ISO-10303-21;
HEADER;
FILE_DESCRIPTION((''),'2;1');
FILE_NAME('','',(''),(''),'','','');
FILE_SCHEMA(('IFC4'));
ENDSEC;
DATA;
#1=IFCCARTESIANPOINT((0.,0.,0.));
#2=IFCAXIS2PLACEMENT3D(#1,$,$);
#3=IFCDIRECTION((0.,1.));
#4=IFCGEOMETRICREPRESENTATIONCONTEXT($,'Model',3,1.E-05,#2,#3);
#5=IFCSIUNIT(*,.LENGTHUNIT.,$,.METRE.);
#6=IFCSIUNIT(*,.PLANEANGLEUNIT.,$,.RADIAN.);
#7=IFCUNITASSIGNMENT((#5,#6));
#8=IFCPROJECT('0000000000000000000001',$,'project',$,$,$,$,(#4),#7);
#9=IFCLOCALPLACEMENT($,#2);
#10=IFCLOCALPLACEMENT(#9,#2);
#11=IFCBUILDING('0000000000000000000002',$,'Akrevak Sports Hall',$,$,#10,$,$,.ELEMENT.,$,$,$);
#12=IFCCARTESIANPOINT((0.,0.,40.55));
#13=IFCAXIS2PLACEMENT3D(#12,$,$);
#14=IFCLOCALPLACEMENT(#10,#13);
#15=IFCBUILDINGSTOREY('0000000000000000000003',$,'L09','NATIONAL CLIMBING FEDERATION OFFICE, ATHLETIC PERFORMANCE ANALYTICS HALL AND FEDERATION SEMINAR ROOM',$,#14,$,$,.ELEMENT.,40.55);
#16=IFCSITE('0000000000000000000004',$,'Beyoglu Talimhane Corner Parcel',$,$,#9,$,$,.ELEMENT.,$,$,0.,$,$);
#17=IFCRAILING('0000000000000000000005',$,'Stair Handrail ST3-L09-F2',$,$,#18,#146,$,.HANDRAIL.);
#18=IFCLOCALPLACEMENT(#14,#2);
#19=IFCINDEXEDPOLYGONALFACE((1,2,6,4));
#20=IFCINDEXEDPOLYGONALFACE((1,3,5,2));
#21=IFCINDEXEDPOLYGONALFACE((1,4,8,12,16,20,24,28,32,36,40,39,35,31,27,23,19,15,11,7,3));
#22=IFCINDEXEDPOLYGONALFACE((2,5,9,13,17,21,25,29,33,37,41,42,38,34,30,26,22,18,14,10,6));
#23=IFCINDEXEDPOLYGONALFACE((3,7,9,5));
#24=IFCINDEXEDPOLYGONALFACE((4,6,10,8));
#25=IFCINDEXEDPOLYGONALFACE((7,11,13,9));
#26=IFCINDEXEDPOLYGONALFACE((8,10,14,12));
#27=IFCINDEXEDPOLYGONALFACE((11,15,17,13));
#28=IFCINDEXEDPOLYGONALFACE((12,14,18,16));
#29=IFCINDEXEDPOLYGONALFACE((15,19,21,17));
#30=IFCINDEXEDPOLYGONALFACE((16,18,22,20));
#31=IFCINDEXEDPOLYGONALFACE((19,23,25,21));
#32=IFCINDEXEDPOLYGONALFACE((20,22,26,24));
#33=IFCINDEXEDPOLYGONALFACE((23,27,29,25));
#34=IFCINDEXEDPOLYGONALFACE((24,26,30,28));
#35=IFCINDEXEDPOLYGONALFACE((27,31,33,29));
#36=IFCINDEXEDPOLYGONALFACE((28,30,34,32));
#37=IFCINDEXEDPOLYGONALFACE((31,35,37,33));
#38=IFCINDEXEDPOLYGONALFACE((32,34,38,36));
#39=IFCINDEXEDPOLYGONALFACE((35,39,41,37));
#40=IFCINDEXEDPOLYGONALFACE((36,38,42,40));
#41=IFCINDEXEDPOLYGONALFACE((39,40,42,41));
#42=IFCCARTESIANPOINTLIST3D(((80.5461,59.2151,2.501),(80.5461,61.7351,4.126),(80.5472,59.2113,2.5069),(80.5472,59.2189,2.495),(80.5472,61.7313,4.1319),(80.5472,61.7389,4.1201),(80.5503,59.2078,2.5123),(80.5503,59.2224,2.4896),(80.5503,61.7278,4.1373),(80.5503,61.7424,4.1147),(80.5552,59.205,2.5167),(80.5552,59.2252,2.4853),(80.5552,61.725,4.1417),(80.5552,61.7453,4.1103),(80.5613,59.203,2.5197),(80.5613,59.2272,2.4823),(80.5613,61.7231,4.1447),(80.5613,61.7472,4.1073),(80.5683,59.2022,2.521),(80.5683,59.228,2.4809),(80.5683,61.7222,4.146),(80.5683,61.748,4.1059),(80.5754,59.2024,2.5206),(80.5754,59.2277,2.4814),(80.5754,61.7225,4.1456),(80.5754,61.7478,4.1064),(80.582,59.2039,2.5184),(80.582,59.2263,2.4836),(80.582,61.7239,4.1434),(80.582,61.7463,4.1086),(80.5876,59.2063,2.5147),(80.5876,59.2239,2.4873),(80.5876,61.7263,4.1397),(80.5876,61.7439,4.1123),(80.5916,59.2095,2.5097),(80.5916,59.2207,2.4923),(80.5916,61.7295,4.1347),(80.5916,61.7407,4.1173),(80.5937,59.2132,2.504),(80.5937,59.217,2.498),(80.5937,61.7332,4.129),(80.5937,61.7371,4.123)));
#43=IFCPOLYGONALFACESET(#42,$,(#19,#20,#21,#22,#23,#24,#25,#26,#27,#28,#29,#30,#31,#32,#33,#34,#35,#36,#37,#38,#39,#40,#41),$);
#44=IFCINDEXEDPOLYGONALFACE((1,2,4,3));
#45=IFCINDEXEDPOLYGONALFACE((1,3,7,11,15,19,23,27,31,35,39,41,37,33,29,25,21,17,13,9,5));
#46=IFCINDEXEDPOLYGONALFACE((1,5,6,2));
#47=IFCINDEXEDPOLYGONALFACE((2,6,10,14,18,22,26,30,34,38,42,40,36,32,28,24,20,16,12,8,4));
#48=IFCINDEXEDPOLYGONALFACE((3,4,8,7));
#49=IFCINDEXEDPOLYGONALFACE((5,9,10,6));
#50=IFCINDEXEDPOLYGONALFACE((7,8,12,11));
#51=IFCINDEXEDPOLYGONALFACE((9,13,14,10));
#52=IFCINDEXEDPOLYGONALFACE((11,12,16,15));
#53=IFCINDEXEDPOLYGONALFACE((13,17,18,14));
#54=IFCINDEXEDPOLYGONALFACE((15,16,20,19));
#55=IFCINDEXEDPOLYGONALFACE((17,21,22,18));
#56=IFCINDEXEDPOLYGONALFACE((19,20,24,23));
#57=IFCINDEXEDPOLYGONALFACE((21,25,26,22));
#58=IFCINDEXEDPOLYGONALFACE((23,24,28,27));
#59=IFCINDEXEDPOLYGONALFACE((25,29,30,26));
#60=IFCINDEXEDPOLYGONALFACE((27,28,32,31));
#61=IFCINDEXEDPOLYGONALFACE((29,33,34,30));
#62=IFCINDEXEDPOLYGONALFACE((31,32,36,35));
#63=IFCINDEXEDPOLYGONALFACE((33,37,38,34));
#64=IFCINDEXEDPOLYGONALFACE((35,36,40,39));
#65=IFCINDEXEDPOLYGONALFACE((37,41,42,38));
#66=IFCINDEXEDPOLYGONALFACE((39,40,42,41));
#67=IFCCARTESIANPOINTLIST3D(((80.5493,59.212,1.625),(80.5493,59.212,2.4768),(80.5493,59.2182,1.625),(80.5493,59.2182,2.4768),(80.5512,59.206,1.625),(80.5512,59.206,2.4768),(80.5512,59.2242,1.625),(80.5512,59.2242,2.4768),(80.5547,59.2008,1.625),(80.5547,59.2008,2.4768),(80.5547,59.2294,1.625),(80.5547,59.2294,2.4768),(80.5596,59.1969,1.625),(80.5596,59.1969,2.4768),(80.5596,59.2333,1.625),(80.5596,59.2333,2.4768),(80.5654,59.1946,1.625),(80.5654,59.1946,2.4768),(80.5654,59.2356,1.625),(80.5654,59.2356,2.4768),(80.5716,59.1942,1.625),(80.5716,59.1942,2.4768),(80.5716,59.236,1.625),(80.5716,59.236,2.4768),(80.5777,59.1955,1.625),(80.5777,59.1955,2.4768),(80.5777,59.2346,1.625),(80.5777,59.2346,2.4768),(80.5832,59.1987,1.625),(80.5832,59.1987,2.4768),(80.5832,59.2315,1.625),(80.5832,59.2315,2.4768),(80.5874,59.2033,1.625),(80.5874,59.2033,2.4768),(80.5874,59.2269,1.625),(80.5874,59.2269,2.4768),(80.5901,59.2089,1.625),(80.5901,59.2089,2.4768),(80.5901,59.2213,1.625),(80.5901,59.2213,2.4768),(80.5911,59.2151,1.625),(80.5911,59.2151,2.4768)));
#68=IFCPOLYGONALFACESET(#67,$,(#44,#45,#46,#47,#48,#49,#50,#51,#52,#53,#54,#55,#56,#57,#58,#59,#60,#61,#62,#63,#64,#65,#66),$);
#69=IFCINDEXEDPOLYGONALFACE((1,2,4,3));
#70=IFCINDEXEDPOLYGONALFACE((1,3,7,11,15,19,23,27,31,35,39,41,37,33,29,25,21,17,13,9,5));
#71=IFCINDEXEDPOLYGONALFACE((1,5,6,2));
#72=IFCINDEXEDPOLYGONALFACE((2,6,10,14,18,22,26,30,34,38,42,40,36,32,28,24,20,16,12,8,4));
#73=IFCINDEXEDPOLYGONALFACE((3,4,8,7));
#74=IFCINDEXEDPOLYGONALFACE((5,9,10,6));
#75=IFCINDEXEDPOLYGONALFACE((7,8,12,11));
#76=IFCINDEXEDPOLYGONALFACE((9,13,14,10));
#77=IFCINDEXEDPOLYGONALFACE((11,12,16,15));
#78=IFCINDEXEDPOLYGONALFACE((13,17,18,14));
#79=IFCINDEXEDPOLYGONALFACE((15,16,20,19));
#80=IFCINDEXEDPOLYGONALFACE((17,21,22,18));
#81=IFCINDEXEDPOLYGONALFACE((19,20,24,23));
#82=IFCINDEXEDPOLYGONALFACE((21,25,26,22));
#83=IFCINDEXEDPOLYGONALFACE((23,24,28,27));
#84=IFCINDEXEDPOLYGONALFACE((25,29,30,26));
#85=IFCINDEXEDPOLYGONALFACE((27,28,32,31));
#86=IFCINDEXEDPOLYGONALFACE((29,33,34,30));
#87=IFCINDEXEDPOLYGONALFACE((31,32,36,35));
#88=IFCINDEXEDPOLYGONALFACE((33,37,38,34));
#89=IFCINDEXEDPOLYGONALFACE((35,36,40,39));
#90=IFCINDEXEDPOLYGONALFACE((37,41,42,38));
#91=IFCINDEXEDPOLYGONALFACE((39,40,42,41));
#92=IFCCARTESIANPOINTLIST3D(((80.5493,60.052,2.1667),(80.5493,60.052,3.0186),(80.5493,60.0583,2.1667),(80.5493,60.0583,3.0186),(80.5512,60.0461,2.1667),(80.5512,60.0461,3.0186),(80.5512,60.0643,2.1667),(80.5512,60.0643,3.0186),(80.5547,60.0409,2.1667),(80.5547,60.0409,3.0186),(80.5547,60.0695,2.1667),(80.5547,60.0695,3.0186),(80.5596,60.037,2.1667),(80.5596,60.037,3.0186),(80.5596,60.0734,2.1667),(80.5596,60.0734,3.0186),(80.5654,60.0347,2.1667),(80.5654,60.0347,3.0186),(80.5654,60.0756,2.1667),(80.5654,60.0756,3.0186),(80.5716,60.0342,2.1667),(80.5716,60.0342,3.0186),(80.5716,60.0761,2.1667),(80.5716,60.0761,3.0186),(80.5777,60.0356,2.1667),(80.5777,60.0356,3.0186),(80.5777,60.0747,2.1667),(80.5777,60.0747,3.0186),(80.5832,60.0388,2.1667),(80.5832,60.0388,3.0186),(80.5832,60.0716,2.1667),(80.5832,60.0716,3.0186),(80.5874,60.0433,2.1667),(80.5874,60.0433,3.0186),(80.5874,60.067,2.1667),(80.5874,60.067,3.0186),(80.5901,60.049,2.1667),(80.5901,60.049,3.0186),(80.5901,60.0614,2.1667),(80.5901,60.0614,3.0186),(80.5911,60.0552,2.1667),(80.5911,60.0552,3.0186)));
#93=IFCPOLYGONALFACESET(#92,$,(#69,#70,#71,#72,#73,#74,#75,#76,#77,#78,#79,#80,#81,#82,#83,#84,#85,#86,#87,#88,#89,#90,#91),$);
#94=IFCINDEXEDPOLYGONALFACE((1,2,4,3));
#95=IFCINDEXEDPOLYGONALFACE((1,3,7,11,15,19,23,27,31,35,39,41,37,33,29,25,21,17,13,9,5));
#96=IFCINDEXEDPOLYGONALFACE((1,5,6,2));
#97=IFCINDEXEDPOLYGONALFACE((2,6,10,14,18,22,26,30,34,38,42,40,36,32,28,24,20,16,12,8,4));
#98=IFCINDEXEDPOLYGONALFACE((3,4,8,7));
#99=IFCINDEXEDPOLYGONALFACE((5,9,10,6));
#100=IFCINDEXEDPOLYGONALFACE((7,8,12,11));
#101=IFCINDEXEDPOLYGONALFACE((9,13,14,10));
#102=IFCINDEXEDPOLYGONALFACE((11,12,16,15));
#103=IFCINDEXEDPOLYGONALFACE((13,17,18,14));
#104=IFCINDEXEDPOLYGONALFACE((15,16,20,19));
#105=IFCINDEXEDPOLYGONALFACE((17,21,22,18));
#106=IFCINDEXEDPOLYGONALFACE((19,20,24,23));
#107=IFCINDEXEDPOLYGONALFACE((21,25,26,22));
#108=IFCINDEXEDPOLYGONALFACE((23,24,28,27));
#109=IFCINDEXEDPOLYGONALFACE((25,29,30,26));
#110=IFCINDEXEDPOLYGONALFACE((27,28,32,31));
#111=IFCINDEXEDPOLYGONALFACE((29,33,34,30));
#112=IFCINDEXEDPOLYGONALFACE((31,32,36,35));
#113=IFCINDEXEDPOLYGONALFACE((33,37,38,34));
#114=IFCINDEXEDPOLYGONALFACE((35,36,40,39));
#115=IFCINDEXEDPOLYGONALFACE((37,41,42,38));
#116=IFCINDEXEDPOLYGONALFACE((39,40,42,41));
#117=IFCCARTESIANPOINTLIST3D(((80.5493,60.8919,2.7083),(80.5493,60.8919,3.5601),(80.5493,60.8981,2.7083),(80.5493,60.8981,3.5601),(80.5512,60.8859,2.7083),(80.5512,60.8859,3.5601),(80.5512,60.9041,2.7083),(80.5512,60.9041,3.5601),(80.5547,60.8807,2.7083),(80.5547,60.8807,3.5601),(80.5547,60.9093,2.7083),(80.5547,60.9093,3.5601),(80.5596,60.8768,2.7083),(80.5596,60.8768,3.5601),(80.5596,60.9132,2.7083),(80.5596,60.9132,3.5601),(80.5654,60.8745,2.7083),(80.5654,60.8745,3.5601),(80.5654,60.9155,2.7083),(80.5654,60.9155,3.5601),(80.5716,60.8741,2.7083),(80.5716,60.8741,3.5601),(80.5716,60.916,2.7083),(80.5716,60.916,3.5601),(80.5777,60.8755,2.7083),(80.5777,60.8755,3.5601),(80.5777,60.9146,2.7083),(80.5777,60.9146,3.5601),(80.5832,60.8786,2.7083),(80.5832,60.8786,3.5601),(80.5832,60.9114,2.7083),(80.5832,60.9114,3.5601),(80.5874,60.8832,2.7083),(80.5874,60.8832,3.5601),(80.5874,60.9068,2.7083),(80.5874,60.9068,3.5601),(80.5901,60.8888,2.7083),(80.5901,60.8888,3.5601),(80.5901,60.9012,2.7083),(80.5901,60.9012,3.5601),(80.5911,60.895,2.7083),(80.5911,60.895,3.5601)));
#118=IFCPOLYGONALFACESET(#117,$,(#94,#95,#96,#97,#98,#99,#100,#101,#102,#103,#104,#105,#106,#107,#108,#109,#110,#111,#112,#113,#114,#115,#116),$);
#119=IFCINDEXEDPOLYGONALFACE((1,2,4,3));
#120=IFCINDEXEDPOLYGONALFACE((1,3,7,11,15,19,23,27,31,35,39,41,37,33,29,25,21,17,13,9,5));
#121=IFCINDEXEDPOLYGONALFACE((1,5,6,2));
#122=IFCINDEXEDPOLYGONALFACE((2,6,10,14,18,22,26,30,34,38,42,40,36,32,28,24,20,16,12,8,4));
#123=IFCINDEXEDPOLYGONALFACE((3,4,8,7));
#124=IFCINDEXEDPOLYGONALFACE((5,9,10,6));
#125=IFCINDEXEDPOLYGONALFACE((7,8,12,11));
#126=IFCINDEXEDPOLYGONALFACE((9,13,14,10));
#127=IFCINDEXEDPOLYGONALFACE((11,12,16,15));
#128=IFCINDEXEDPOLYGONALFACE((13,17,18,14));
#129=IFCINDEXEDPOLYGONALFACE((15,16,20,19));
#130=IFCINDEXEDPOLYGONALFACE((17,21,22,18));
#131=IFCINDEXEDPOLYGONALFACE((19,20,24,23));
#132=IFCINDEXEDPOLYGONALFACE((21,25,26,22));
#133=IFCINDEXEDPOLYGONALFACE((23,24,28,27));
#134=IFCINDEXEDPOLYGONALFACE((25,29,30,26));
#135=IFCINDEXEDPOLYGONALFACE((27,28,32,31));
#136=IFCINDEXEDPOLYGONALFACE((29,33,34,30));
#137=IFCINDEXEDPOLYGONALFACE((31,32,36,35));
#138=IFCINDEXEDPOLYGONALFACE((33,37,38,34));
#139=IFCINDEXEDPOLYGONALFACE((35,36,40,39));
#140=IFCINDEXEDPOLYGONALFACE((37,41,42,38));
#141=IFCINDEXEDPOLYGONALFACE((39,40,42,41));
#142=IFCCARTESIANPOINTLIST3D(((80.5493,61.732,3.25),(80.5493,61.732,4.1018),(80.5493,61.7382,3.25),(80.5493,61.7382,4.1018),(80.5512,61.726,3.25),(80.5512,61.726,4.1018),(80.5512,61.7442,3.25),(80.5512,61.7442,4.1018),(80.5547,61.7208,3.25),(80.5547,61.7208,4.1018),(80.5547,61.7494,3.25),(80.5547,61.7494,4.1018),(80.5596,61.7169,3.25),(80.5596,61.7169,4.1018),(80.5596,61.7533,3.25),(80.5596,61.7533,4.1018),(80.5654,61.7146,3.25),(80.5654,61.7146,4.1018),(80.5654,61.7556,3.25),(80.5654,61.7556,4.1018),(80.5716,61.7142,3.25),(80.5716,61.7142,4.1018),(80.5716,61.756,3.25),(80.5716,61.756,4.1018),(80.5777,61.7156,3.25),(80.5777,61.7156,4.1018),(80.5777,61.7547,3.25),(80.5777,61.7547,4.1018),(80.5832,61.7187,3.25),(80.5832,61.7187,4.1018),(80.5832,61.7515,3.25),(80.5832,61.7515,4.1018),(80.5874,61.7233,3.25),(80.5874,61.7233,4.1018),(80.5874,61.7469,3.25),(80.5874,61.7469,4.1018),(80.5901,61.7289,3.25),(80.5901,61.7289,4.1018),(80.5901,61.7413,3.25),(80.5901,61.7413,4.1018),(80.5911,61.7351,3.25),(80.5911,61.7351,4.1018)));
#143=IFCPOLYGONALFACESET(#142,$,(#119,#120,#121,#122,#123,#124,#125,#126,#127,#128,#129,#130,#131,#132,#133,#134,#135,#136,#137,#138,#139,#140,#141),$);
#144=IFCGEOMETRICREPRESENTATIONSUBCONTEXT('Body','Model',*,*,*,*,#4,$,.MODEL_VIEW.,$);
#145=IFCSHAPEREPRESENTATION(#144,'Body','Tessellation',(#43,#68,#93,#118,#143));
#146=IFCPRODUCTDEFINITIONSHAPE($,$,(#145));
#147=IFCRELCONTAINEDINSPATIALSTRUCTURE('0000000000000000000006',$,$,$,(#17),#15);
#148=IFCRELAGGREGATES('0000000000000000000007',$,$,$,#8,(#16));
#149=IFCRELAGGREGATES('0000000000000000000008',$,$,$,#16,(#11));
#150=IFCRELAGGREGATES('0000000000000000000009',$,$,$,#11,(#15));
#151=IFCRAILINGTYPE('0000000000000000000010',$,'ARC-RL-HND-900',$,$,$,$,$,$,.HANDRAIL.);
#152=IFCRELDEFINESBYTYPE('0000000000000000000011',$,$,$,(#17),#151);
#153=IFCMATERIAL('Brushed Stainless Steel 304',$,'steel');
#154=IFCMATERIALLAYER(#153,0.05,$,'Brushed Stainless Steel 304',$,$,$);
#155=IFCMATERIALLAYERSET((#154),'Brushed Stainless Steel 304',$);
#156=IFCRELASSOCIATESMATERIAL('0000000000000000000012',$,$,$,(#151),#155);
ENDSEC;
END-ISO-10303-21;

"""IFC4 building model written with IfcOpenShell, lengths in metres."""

from ifc_helpers import new_model, si_unit, direction, frame, origin, origin_2d, place, context, subcontext, project, spatial, circle, extrude, material, layer, layer_set, type_object, element, save


model = new_model("IFC4")

# Units and contexts
model_context = context("Model", 3, precision=1e-05, world=origin(), true_north=direction((0.0, 1.0)))
body_context = subcontext(model_context, "Body", "Model", "MODEL_VIEW")
ifc_project = project(units=[si_unit("LENGTHUNIT", "METRE"), si_unit("PLANEANGLEUNIT", "RADIAN")], contexts=[model_context])

# Site, building, storey
site_placement = place(None, origin())
site = spatial("IfcSite", under=ifc_project, at=site_placement, Name="Beyoglu Talimhane Corner Parcel", CompositionType="ELEMENT", RefElevation=0.0)
building_placement = place(site_placement, origin())
building = spatial("IfcBuilding", under=site, at=building_placement, Name="Akrevak Sports Hall", CompositionType="ELEMENT")
storey_placement = place(building_placement, frame((0.0, 0.0, 40.55)))
storey = spatial("IfcBuildingStorey", under=building, at=storey_placement, Name="L09", Description="NATIONAL CLIMBING FEDERATION OFFICE, ATHLETIC PERFORMANCE ANALYTICS HALL AND FEDERATION SEMINAR ROOM", CompositionType="ELEMENT", Elevation=40.55)

# Railing
ifc_material_1 = material(Name="Brushed Stainless Steel 304", Category="steel")
ifc_layer_1 = layer(ifc_material_1, 0.05, Name="Brushed Stainless Steel 304")
ifc_layer_set_1 = layer_set([ifc_layer_1], Name="Brushed Stainless Steel 304")
railing_type_1 = type_object("IfcRailingType", Name="ARC-RL-HND-900", PredefinedType="HANDRAIL", material=ifc_layer_set_1)
railing_1_placement = place(storey_placement, frame((80.5701, 59.2151, 1.625)))
element("IfcRailing", 1, at=railing_1_placement, inside=storey, type_object=railing_type_1, Name="Stair Handrail ST3-L09-F2", PredefinedType="HANDRAIL", context=body_context, shape_type="SweptSolid", body=[
    extrude(circle(Radius=0.0239, at=origin_2d()), frame((0.0, 0.0, 0.876), z_axis=(0.0, 0.840421, 0.541934), x_axis=(-1.0, 0.0, 0.0)), (0.0, 0.0, 1.0), 2.9985),
    extrude(circle(Radius=0.021, at=origin_2d()), origin(), (0.0, 0.0, 1.0), 0.8518),
    extrude(circle(Radius=0.021, at=origin_2d()), frame((0.0, 0.8401, 0.5417)), (0.0, 0.0, 1.0), 0.8518),
    extrude(circle(Radius=0.021, at=origin_2d()), frame((0.0, 1.6799, 1.0833)), (0.0, 0.0, 1.0), 0.8518),
    extrude(circle(Radius=0.021, at=origin_2d()), frame((0.0, 2.52, 1.625)), (0.0, 0.0, 1.0), 0.8518),
])

save(model, "model.ifc")
